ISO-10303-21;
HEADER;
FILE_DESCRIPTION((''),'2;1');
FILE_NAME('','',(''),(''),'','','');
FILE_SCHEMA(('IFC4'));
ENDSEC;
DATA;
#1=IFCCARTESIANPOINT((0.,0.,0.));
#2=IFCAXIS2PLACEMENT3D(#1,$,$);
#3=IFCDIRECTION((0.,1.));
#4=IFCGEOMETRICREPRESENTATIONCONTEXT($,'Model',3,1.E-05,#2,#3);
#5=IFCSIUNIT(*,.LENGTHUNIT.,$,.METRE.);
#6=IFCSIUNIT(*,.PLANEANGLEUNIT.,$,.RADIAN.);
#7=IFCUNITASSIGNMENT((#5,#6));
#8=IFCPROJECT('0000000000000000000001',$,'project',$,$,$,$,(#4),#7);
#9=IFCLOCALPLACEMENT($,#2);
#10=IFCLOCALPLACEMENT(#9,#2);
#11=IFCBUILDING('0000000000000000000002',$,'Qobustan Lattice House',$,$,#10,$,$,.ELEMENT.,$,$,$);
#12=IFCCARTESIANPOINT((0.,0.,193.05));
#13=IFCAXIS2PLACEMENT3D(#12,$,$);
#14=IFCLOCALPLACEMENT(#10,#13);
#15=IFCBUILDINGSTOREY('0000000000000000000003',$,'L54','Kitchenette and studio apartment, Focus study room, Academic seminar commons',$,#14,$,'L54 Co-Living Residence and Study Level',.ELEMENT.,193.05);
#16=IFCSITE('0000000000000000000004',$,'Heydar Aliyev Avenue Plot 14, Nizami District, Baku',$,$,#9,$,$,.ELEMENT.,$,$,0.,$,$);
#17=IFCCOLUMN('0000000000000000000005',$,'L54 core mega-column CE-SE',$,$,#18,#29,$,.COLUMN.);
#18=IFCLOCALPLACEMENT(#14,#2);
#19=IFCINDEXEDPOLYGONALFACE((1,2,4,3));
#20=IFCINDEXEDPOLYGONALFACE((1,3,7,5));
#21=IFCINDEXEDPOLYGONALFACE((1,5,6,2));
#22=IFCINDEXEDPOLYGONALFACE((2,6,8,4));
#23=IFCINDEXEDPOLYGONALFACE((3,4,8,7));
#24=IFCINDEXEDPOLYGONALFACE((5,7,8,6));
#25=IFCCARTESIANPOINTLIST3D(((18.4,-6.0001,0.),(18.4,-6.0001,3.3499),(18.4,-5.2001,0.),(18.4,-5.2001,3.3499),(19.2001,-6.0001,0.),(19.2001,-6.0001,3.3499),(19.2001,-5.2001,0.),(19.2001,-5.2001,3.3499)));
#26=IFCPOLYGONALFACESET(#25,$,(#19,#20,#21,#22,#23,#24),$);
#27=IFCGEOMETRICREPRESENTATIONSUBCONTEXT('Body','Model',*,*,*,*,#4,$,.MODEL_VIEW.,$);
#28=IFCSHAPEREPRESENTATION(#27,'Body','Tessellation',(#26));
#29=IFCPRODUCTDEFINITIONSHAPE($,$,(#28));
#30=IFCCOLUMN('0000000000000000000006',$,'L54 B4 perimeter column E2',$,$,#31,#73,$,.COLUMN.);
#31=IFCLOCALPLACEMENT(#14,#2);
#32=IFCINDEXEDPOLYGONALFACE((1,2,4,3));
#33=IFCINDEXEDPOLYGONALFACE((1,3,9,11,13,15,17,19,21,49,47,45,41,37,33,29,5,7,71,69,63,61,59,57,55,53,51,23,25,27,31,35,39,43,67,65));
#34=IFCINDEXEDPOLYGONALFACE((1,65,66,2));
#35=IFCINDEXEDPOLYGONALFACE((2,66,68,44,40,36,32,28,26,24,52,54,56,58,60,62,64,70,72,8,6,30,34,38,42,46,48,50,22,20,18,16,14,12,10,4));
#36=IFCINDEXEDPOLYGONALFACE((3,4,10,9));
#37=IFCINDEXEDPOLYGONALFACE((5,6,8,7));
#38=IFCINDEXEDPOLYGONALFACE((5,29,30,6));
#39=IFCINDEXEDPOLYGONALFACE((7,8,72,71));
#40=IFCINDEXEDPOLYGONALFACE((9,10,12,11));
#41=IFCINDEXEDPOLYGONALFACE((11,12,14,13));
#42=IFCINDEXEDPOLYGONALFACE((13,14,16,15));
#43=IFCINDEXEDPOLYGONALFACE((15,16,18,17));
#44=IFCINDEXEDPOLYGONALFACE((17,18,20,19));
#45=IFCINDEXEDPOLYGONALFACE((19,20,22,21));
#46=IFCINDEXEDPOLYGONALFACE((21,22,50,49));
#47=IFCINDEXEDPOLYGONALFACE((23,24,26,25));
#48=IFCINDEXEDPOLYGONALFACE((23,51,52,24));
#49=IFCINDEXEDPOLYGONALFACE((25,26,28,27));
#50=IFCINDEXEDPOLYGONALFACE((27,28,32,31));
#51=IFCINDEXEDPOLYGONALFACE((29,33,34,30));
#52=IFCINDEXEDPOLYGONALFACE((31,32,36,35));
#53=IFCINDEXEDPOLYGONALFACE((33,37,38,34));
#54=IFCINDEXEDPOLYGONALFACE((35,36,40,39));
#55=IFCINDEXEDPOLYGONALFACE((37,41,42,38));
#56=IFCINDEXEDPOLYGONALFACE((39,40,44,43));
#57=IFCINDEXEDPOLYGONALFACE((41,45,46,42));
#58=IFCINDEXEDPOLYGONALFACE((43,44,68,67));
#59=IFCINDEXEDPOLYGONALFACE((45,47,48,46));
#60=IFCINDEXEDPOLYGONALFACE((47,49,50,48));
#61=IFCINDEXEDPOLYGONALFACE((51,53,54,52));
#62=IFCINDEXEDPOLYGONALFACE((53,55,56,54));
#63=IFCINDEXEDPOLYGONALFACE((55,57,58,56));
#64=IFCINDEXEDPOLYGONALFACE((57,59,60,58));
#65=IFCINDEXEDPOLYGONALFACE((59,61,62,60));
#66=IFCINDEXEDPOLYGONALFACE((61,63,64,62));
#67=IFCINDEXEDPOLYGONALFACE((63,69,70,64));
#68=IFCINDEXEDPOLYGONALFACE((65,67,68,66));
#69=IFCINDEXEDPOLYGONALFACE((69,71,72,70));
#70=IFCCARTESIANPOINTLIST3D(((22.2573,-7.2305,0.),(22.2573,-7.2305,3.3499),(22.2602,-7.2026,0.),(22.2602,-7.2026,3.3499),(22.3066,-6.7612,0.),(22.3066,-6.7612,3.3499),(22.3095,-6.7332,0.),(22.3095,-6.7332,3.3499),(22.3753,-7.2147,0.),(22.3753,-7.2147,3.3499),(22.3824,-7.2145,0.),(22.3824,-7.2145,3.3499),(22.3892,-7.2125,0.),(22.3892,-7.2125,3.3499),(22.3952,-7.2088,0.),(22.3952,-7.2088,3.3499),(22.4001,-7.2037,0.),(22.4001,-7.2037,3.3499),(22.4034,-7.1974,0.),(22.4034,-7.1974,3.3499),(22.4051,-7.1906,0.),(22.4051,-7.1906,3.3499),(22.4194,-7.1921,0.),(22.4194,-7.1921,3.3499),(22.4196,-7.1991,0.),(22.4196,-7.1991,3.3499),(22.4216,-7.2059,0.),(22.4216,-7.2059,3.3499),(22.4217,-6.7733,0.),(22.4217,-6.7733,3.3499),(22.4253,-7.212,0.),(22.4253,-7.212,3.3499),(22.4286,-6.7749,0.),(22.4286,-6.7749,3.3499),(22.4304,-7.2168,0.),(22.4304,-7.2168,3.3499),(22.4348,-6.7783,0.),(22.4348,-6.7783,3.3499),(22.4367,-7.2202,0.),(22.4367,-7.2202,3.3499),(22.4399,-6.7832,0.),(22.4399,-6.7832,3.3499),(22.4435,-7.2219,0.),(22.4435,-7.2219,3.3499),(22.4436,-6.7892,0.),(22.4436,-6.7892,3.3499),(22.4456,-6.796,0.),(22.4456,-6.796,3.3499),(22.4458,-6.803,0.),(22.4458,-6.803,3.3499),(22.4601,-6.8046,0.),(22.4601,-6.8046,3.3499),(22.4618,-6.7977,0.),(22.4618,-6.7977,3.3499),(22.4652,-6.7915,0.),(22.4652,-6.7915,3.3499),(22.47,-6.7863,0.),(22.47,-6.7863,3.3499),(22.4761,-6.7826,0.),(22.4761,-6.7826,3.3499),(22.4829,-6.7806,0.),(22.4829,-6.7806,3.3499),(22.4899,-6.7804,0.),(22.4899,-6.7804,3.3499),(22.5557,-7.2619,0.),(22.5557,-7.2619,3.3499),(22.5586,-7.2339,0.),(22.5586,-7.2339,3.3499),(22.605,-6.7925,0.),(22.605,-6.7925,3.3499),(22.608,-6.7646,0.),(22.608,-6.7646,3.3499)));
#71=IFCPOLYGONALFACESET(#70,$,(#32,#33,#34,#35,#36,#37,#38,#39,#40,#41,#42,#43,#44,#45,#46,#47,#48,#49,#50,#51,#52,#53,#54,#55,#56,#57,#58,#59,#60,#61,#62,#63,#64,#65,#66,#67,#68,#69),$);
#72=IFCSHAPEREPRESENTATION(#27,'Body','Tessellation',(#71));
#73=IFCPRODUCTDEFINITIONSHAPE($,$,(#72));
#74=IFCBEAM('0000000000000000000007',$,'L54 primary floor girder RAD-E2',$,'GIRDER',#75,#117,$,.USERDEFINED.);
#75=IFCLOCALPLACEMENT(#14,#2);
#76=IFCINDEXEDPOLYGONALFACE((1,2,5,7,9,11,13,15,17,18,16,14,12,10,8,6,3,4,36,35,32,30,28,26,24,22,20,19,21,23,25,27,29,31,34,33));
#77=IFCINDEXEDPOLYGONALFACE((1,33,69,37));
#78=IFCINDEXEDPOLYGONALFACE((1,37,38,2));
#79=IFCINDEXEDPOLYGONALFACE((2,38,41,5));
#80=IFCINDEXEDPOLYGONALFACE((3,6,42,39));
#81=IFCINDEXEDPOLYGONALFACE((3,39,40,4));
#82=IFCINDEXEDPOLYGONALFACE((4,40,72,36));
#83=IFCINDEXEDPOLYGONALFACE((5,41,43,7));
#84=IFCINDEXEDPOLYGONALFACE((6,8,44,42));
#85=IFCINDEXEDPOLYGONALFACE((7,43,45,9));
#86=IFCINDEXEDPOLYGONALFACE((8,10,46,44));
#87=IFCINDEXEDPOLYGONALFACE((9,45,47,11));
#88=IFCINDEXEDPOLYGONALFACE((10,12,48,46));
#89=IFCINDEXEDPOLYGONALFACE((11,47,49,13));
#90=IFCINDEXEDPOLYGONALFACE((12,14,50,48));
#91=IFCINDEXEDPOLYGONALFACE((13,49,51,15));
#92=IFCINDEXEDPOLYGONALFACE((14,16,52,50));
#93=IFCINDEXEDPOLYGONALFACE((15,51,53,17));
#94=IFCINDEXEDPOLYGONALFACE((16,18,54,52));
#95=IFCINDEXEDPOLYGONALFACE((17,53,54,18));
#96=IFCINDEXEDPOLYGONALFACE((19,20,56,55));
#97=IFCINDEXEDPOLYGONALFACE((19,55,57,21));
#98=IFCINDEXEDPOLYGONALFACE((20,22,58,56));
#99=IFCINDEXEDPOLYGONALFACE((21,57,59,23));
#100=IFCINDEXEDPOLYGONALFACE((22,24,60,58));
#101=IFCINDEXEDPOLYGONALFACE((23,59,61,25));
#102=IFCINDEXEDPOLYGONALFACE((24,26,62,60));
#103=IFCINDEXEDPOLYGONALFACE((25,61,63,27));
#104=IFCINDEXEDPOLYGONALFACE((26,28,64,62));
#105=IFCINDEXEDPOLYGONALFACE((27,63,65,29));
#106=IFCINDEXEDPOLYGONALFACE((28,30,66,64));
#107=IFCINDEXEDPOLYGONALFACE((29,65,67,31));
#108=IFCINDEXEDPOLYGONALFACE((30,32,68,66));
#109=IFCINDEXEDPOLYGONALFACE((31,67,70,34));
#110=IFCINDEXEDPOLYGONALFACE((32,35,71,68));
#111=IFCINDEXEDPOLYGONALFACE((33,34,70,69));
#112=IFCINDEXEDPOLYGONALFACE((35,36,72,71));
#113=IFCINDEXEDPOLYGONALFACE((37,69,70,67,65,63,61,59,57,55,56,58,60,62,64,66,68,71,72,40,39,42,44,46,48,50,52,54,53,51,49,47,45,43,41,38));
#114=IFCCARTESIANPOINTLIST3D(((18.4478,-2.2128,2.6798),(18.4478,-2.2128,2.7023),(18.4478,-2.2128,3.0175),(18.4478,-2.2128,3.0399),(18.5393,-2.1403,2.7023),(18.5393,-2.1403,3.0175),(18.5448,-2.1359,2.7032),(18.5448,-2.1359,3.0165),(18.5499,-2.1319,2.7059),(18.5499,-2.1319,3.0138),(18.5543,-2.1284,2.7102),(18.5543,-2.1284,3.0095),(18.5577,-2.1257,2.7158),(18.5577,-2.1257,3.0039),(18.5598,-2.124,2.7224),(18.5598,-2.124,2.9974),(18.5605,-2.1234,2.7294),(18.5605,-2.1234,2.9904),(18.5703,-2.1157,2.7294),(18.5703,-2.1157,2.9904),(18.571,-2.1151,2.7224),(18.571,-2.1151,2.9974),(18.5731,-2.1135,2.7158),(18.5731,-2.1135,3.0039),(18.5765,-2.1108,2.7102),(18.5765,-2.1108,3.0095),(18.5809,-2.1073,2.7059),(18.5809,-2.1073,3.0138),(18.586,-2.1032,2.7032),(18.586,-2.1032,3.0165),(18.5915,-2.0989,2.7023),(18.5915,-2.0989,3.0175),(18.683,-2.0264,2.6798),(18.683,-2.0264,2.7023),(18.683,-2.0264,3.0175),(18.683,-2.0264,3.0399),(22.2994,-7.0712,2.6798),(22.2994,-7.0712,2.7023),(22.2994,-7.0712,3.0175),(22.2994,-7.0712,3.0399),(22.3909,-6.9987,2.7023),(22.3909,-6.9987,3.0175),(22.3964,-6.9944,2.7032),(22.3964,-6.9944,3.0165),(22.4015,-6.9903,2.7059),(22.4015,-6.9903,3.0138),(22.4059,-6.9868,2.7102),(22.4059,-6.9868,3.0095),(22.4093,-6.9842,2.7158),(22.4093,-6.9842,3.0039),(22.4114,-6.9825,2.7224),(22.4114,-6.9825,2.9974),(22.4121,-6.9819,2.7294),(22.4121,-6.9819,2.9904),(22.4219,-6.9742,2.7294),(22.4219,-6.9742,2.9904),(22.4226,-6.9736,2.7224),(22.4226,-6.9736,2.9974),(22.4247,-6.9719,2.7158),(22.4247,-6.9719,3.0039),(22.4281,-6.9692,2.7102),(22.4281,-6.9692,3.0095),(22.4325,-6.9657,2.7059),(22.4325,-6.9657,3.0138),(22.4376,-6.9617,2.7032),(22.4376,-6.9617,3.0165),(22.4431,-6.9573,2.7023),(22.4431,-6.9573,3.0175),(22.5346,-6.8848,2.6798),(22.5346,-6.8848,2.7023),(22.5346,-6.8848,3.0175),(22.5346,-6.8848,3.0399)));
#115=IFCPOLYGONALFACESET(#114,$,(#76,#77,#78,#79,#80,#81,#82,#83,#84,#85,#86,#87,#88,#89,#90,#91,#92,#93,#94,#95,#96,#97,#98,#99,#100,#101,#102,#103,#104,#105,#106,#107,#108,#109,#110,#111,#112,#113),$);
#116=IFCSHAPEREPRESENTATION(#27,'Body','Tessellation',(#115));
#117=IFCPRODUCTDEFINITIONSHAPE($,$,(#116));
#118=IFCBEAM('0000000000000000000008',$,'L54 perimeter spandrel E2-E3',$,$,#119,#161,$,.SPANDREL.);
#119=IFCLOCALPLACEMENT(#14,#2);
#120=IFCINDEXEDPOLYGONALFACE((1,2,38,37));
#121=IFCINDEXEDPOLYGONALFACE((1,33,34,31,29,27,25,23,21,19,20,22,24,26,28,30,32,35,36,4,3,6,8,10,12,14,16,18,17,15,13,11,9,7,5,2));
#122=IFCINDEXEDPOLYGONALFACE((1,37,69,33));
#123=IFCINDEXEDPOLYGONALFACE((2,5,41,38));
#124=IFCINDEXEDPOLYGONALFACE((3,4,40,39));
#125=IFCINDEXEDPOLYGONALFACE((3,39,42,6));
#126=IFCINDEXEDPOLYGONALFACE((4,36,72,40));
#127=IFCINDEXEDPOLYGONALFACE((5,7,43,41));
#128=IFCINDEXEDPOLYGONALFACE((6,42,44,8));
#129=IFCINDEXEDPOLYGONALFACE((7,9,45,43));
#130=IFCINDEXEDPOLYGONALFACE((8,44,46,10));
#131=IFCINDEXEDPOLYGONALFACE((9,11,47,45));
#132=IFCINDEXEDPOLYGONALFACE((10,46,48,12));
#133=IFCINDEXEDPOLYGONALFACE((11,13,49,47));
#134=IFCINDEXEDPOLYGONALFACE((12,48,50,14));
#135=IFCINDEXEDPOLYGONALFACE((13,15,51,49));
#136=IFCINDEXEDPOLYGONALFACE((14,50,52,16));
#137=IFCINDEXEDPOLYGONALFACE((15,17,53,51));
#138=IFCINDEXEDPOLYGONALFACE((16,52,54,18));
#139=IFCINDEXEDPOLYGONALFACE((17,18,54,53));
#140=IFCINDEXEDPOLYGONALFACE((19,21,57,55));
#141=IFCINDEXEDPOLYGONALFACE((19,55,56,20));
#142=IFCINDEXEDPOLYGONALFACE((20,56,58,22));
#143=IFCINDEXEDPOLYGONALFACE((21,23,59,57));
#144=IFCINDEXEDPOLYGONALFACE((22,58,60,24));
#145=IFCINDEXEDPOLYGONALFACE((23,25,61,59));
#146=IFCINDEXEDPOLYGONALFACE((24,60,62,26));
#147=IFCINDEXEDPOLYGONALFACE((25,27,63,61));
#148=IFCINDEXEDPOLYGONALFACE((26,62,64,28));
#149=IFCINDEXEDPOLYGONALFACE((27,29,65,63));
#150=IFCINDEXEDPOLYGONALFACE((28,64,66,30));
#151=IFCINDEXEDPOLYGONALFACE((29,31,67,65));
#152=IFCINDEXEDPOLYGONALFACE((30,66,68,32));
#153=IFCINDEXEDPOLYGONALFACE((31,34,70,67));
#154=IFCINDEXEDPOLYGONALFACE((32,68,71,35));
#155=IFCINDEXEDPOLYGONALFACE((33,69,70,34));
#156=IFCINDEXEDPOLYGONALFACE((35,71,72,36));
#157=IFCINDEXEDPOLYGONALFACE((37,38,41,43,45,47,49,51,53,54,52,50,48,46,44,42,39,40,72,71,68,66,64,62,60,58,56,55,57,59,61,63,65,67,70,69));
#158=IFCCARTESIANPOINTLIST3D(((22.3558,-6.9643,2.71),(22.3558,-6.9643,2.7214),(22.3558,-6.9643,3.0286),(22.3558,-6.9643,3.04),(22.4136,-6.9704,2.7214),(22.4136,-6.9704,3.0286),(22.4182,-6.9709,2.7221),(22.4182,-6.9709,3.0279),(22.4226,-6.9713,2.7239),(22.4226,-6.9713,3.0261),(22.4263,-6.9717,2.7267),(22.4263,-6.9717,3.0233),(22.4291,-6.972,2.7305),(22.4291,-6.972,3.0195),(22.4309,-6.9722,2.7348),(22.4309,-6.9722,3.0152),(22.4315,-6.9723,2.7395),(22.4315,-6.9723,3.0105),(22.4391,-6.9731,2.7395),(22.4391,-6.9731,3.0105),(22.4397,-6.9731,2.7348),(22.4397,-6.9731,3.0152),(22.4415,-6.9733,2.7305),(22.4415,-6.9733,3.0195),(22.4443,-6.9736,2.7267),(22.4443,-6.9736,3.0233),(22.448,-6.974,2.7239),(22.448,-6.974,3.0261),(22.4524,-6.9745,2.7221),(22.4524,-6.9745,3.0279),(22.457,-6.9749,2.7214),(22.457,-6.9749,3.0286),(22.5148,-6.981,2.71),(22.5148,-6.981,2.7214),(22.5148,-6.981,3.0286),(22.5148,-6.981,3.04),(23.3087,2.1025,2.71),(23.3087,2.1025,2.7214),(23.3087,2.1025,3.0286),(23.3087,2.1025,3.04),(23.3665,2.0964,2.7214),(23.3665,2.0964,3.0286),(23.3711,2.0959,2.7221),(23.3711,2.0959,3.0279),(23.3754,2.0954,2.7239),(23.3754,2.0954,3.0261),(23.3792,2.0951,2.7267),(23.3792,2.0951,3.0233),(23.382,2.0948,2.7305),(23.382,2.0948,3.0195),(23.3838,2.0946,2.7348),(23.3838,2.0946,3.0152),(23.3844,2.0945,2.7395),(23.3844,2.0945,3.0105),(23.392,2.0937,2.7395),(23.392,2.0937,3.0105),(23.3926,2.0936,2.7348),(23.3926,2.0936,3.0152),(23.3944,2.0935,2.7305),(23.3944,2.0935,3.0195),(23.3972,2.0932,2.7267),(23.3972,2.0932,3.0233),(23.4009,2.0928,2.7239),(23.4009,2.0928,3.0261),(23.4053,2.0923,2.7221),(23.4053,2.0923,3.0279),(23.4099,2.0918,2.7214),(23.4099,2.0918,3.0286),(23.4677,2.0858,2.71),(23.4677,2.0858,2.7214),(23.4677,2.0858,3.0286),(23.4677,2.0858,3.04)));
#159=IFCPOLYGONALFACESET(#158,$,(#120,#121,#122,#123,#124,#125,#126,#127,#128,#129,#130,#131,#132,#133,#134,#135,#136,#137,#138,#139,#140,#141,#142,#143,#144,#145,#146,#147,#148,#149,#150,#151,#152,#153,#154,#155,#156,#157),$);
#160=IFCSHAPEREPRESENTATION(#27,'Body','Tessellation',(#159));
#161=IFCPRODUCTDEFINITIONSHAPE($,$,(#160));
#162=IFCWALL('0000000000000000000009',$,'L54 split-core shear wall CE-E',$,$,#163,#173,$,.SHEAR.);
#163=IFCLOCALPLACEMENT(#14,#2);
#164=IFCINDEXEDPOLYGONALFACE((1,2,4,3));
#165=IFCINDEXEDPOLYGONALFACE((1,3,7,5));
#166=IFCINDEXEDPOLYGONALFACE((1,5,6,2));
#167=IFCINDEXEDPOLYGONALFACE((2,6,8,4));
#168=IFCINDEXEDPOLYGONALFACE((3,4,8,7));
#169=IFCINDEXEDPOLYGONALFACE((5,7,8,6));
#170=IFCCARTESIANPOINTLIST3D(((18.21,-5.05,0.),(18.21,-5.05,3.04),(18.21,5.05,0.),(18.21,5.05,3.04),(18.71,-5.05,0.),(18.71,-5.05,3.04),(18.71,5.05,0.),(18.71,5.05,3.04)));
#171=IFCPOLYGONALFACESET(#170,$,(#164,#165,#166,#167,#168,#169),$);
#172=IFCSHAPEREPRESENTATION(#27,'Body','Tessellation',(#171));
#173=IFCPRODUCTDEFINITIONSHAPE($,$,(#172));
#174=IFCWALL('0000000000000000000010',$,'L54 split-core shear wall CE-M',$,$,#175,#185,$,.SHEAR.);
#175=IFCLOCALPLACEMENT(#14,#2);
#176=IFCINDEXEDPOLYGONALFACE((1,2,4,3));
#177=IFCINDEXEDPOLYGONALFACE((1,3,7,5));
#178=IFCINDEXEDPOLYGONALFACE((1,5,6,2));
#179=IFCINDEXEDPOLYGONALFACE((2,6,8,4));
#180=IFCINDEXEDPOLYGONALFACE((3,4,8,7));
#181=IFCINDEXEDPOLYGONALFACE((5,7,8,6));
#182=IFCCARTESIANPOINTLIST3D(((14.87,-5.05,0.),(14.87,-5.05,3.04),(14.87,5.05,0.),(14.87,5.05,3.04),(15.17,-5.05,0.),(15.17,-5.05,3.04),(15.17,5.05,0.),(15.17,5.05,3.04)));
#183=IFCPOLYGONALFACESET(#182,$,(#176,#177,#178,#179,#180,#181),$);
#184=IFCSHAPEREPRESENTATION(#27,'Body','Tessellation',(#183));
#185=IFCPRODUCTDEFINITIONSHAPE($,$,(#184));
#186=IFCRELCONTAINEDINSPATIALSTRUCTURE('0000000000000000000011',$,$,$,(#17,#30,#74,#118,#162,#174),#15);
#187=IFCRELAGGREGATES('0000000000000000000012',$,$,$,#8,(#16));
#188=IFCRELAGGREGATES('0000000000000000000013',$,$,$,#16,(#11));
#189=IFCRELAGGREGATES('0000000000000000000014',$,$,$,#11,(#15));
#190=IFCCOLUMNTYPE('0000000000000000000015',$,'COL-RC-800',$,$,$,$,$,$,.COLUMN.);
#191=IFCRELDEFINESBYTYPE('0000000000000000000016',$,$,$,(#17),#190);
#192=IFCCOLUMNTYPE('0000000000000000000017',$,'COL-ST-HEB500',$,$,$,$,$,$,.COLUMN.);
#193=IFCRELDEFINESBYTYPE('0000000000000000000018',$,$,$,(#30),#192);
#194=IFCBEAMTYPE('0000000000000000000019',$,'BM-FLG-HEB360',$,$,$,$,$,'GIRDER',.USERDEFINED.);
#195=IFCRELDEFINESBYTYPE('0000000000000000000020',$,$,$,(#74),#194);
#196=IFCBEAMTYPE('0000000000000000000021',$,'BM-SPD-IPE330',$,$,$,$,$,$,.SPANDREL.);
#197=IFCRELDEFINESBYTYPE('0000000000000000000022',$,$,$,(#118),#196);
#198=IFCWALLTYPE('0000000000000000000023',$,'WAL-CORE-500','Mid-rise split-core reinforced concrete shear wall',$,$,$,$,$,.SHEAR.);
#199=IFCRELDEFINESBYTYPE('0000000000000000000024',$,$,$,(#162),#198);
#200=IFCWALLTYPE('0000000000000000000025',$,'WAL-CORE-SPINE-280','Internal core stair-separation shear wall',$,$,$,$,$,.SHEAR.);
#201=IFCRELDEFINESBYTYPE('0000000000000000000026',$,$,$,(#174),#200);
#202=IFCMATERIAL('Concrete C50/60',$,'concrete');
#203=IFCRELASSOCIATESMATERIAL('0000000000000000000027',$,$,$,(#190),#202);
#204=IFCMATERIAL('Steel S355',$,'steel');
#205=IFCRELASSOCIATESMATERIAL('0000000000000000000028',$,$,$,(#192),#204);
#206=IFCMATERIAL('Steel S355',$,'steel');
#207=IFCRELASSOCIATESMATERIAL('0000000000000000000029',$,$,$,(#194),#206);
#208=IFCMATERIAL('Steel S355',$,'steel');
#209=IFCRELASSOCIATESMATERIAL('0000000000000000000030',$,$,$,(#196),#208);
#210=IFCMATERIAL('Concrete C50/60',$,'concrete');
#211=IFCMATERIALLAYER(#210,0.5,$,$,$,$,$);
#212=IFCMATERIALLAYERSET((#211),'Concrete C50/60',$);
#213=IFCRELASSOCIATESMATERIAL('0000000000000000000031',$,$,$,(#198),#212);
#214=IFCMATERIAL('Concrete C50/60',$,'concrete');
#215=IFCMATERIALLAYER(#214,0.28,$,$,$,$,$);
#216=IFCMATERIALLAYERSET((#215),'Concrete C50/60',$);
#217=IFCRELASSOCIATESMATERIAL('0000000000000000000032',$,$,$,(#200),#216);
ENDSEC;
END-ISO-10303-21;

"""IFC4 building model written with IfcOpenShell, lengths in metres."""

from ifc_helpers import new_model, si_unit, direction, frame, frame_2d, origin, origin_2d, place, context, subcontext, project, spatial, rectangle, i_section, extrude, material, layer, layer_set, material_profile, profile_set, type_object, element, save


model = new_model("IFC4")

# Units and contexts
model_context = context("Model", 3, precision=1e-05, world=origin(), true_north=direction((0.0, 1.0)))
body_context = subcontext(model_context, "Body", "Model", "MODEL_VIEW")
ifc_project = project(units=[si_unit("LENGTHUNIT", "METRE"), si_unit("PLANEANGLEUNIT", "RADIAN")], contexts=[model_context])

# Site, building, storey
site_placement = place(None, origin())
site = spatial("IfcSite", under=ifc_project, at=site_placement, Name="Heydar Aliyev Avenue Plot 14, Nizami District, Baku", CompositionType="ELEMENT", RefElevation=0.0)
building_placement = place(site_placement, origin())
building = spatial("IfcBuilding", under=site, at=building_placement, Name="Qobustan Lattice House", CompositionType="ELEMENT")
storey_placement = place(building_placement, frame((0.0, 0.0, 193.05)))
storey = spatial("IfcBuildingStorey", under=building, at=storey_placement, Name="L54", Description="Kitchenette and studio apartment, Focus study room, Academic seminar commons", LongName="L54 Co-Living Residence and Study Level", CompositionType="ELEMENT", Elevation=193.05)

# Columns
ifc_material_1 = material(Name="Concrete C50/60", Category="concrete")
ifc_material_profile_1 = material_profile(ifc_material_1, rectangle(XDim=0.8, YDim=0.8, at=origin_2d()), Name="RC800x800")
ifc_profile_set_1 = profile_set([ifc_material_profile_1], Name="Concrete C50/60")
column_type_1 = type_object("IfcColumnType", Name="COL-RC-800", PredefinedType="COLUMN", material=ifc_profile_set_1)
column_1_placement = place(storey_placement, frame((18.8, -5.6001, 0.0), z_axis=(0.0, 0.0, 1.0), x_axis=(1.0, 0.0, 0.0)))
element("IfcColumn", 1, at=column_1_placement, inside=storey, type_object=column_type_1, Name="L54 core mega-column CE-SE", PredefinedType="COLUMN", context=body_context, shape_type="SweptSolid", body=[
    extrude(rectangle(XDim=0.8, YDim=0.8, at=origin_2d()), origin(), (0.0, 0.0, 1.0), 3.3499),
])
ifc_material_2 = material(Name="Steel S355", Category="steel")
ifc_material_profile_2 = material_profile(ifc_material_2, i_section(OverallWidth=0.3, OverallDepth=0.5, WebThickness=0.0144, FlangeThickness=0.0281, FilletRadius=0.0271, at=origin_2d()), Name="HEB500")
ifc_profile_set_2 = profile_set([ifc_material_profile_2], Name="Steel S355")
column_type_2 = type_object("IfcColumnType", Name="COL-ST-HEB500", PredefinedType="COLUMN", material=ifc_profile_set_2)
column_2_placement = place(storey_placement, frame((22.4326, -6.9976, 0.0), z_axis=(0.0, 0.0, 1.0), x_axis=(0.994522, -0.104528, 0.0)))
element("IfcColumn", 2, at=column_2_placement, inside=storey, type_object=column_type_2, Name="L54 B4 perimeter column E2", PredefinedType="COLUMN", context=body_context, shape_type="SweptSolid", body=[
    extrude(i_section(OverallWidth=0.3, OverallDepth=0.5, WebThickness=0.0144, FlangeThickness=0.0281, FilletRadius=0.0271, at=origin_2d()), origin(), (0.0, 0.0, 1.0), 3.3499),
])

# Beams
ifc_material_3 = material(Name="Steel S355", Category="steel")
ifc_material_profile_3 = material_profile(ifc_material_3, i_section(OverallWidth=0.3, OverallDepth=0.3601, WebThickness=0.0125, FlangeThickness=0.0225, FilletRadius=0.0271, at=origin_2d()), Name="HEB360")
ifc_profile_set_3 = profile_set([ifc_material_profile_3], Name="Steel S355")
beam_type_1 = type_object("IfcBeamType", Name="BM-FLG-HEB360", ElementType="GIRDER", PredefinedType="USERDEFINED", material=ifc_profile_set_3)
beam_1_placement = place(storey_placement, frame((22.417, -6.978, 2.8599), z_axis=(-0.621231, 0.783627, 0.0), x_axis=(-0.783627, -0.621231, 0.0)))
element("IfcBeam", 3, at=beam_1_placement, inside=storey, type_object=beam_type_1, Name="L54 primary floor girder RAD-E2", ObjectType="GIRDER", PredefinedType="USERDEFINED", context=body_context, shape_type="SweptSolid", body=[
    extrude(i_section(OverallWidth=0.3, OverallDepth=0.3601, WebThickness=0.0125, FlangeThickness=0.0225, FilletRadius=0.0271, at=origin_2d()), origin(), (0.0, 0.0, 1.0), 6.2),
])
ifc_material_4 = material(Name="Steel S355", Category="steel")
ifc_material_profile_4 = material_profile(ifc_material_4, i_section(OverallWidth=0.1599, OverallDepth=0.3301, WebThickness=0.0076, FlangeThickness=0.0115, FilletRadius=0.0181, at=origin_2d()), Name="IPE330")
ifc_profile_set_4 = profile_set([ifc_material_profile_4], Name="Steel S355")
beam_type_2 = type_object("IfcBeamType", Name="BM-SPD-IPE330", PredefinedType="SPANDREL", material=ifc_profile_set_4)
beam_2_placement = place(storey_placement, frame((22.4353, -6.9727, 2.875), z_axis=(0.104522, 0.994523, 0.0), x_axis=(-0.994523, 0.104522, 0.0)))
element("IfcBeam", 4, at=beam_2_placement, inside=storey, type_object=beam_type_2, Name="L54 perimeter spandrel E2-E3", PredefinedType="SPANDREL", context=body_context, shape_type="SweptSolid", body=[
    extrude(i_section(OverallWidth=0.1599, OverallDepth=0.3301, WebThickness=0.0076, FlangeThickness=0.0115, FilletRadius=0.0181, at=origin_2d()), origin(), (0.0, 0.0, 1.0), 9.1167),
])

# Walls
ifc_material_5 = material(Name="Concrete C50/60", Category="concrete")
ifc_layer_1 = layer(ifc_material_5, 0.5)
ifc_layer_set_1 = layer_set([ifc_layer_1], Name="Concrete C50/60")
wall_type_1 = type_object("IfcWallType", Name="WAL-CORE-500", Description="Mid-rise split-core reinforced concrete shear wall", PredefinedType="SHEAR", material=ifc_layer_set_1)
wall_1_placement = place(storey_placement, frame((18.46, -5.05, 0.0), z_axis=(0.0, 0.0, 1.0), x_axis=(0.0, 1.0, 0.0)))
element("IfcWall", 5, at=wall_1_placement, inside=storey, type_object=wall_type_1, Name="L54 split-core shear wall CE-E", PredefinedType="SHEAR", context=body_context, shape_type="SweptSolid", body=[
    extrude(rectangle(XDim=10.1001, YDim=0.5, at=frame_2d((5.05, 0.0))), origin(), (0.0, 0.0, 1.0), 3.04),
])
ifc_material_6 = material(Name="Concrete C50/60", Category="concrete")
ifc_layer_2 = layer(ifc_material_6, 0.28)
ifc_layer_set_2 = layer_set([ifc_layer_2], Name="Concrete C50/60")
wall_type_2 = type_object("IfcWallType", Name="WAL-CORE-SPINE-280", Description="Internal core stair-separation shear wall", PredefinedType="SHEAR", material=ifc_layer_set_2)
wall_2_placement = place(storey_placement, frame((15.02, -5.05, 0.0), z_axis=(0.0, 0.0, 1.0), x_axis=(0.0, 1.0, 0.0)))
element("IfcWall", 6, at=wall_2_placement, inside=storey, type_object=wall_type_2, Name="L54 split-core shear wall CE-M", PredefinedType="SHEAR", context=body_context, shape_type="SweptSolid", body=[
    extrude(rectangle(XDim=10.1001, YDim=0.3, at=frame_2d((5.05, 0.0))), origin(), (0.0, 0.0, 1.0), 3.04),
])

save(model, "model.ifc")
